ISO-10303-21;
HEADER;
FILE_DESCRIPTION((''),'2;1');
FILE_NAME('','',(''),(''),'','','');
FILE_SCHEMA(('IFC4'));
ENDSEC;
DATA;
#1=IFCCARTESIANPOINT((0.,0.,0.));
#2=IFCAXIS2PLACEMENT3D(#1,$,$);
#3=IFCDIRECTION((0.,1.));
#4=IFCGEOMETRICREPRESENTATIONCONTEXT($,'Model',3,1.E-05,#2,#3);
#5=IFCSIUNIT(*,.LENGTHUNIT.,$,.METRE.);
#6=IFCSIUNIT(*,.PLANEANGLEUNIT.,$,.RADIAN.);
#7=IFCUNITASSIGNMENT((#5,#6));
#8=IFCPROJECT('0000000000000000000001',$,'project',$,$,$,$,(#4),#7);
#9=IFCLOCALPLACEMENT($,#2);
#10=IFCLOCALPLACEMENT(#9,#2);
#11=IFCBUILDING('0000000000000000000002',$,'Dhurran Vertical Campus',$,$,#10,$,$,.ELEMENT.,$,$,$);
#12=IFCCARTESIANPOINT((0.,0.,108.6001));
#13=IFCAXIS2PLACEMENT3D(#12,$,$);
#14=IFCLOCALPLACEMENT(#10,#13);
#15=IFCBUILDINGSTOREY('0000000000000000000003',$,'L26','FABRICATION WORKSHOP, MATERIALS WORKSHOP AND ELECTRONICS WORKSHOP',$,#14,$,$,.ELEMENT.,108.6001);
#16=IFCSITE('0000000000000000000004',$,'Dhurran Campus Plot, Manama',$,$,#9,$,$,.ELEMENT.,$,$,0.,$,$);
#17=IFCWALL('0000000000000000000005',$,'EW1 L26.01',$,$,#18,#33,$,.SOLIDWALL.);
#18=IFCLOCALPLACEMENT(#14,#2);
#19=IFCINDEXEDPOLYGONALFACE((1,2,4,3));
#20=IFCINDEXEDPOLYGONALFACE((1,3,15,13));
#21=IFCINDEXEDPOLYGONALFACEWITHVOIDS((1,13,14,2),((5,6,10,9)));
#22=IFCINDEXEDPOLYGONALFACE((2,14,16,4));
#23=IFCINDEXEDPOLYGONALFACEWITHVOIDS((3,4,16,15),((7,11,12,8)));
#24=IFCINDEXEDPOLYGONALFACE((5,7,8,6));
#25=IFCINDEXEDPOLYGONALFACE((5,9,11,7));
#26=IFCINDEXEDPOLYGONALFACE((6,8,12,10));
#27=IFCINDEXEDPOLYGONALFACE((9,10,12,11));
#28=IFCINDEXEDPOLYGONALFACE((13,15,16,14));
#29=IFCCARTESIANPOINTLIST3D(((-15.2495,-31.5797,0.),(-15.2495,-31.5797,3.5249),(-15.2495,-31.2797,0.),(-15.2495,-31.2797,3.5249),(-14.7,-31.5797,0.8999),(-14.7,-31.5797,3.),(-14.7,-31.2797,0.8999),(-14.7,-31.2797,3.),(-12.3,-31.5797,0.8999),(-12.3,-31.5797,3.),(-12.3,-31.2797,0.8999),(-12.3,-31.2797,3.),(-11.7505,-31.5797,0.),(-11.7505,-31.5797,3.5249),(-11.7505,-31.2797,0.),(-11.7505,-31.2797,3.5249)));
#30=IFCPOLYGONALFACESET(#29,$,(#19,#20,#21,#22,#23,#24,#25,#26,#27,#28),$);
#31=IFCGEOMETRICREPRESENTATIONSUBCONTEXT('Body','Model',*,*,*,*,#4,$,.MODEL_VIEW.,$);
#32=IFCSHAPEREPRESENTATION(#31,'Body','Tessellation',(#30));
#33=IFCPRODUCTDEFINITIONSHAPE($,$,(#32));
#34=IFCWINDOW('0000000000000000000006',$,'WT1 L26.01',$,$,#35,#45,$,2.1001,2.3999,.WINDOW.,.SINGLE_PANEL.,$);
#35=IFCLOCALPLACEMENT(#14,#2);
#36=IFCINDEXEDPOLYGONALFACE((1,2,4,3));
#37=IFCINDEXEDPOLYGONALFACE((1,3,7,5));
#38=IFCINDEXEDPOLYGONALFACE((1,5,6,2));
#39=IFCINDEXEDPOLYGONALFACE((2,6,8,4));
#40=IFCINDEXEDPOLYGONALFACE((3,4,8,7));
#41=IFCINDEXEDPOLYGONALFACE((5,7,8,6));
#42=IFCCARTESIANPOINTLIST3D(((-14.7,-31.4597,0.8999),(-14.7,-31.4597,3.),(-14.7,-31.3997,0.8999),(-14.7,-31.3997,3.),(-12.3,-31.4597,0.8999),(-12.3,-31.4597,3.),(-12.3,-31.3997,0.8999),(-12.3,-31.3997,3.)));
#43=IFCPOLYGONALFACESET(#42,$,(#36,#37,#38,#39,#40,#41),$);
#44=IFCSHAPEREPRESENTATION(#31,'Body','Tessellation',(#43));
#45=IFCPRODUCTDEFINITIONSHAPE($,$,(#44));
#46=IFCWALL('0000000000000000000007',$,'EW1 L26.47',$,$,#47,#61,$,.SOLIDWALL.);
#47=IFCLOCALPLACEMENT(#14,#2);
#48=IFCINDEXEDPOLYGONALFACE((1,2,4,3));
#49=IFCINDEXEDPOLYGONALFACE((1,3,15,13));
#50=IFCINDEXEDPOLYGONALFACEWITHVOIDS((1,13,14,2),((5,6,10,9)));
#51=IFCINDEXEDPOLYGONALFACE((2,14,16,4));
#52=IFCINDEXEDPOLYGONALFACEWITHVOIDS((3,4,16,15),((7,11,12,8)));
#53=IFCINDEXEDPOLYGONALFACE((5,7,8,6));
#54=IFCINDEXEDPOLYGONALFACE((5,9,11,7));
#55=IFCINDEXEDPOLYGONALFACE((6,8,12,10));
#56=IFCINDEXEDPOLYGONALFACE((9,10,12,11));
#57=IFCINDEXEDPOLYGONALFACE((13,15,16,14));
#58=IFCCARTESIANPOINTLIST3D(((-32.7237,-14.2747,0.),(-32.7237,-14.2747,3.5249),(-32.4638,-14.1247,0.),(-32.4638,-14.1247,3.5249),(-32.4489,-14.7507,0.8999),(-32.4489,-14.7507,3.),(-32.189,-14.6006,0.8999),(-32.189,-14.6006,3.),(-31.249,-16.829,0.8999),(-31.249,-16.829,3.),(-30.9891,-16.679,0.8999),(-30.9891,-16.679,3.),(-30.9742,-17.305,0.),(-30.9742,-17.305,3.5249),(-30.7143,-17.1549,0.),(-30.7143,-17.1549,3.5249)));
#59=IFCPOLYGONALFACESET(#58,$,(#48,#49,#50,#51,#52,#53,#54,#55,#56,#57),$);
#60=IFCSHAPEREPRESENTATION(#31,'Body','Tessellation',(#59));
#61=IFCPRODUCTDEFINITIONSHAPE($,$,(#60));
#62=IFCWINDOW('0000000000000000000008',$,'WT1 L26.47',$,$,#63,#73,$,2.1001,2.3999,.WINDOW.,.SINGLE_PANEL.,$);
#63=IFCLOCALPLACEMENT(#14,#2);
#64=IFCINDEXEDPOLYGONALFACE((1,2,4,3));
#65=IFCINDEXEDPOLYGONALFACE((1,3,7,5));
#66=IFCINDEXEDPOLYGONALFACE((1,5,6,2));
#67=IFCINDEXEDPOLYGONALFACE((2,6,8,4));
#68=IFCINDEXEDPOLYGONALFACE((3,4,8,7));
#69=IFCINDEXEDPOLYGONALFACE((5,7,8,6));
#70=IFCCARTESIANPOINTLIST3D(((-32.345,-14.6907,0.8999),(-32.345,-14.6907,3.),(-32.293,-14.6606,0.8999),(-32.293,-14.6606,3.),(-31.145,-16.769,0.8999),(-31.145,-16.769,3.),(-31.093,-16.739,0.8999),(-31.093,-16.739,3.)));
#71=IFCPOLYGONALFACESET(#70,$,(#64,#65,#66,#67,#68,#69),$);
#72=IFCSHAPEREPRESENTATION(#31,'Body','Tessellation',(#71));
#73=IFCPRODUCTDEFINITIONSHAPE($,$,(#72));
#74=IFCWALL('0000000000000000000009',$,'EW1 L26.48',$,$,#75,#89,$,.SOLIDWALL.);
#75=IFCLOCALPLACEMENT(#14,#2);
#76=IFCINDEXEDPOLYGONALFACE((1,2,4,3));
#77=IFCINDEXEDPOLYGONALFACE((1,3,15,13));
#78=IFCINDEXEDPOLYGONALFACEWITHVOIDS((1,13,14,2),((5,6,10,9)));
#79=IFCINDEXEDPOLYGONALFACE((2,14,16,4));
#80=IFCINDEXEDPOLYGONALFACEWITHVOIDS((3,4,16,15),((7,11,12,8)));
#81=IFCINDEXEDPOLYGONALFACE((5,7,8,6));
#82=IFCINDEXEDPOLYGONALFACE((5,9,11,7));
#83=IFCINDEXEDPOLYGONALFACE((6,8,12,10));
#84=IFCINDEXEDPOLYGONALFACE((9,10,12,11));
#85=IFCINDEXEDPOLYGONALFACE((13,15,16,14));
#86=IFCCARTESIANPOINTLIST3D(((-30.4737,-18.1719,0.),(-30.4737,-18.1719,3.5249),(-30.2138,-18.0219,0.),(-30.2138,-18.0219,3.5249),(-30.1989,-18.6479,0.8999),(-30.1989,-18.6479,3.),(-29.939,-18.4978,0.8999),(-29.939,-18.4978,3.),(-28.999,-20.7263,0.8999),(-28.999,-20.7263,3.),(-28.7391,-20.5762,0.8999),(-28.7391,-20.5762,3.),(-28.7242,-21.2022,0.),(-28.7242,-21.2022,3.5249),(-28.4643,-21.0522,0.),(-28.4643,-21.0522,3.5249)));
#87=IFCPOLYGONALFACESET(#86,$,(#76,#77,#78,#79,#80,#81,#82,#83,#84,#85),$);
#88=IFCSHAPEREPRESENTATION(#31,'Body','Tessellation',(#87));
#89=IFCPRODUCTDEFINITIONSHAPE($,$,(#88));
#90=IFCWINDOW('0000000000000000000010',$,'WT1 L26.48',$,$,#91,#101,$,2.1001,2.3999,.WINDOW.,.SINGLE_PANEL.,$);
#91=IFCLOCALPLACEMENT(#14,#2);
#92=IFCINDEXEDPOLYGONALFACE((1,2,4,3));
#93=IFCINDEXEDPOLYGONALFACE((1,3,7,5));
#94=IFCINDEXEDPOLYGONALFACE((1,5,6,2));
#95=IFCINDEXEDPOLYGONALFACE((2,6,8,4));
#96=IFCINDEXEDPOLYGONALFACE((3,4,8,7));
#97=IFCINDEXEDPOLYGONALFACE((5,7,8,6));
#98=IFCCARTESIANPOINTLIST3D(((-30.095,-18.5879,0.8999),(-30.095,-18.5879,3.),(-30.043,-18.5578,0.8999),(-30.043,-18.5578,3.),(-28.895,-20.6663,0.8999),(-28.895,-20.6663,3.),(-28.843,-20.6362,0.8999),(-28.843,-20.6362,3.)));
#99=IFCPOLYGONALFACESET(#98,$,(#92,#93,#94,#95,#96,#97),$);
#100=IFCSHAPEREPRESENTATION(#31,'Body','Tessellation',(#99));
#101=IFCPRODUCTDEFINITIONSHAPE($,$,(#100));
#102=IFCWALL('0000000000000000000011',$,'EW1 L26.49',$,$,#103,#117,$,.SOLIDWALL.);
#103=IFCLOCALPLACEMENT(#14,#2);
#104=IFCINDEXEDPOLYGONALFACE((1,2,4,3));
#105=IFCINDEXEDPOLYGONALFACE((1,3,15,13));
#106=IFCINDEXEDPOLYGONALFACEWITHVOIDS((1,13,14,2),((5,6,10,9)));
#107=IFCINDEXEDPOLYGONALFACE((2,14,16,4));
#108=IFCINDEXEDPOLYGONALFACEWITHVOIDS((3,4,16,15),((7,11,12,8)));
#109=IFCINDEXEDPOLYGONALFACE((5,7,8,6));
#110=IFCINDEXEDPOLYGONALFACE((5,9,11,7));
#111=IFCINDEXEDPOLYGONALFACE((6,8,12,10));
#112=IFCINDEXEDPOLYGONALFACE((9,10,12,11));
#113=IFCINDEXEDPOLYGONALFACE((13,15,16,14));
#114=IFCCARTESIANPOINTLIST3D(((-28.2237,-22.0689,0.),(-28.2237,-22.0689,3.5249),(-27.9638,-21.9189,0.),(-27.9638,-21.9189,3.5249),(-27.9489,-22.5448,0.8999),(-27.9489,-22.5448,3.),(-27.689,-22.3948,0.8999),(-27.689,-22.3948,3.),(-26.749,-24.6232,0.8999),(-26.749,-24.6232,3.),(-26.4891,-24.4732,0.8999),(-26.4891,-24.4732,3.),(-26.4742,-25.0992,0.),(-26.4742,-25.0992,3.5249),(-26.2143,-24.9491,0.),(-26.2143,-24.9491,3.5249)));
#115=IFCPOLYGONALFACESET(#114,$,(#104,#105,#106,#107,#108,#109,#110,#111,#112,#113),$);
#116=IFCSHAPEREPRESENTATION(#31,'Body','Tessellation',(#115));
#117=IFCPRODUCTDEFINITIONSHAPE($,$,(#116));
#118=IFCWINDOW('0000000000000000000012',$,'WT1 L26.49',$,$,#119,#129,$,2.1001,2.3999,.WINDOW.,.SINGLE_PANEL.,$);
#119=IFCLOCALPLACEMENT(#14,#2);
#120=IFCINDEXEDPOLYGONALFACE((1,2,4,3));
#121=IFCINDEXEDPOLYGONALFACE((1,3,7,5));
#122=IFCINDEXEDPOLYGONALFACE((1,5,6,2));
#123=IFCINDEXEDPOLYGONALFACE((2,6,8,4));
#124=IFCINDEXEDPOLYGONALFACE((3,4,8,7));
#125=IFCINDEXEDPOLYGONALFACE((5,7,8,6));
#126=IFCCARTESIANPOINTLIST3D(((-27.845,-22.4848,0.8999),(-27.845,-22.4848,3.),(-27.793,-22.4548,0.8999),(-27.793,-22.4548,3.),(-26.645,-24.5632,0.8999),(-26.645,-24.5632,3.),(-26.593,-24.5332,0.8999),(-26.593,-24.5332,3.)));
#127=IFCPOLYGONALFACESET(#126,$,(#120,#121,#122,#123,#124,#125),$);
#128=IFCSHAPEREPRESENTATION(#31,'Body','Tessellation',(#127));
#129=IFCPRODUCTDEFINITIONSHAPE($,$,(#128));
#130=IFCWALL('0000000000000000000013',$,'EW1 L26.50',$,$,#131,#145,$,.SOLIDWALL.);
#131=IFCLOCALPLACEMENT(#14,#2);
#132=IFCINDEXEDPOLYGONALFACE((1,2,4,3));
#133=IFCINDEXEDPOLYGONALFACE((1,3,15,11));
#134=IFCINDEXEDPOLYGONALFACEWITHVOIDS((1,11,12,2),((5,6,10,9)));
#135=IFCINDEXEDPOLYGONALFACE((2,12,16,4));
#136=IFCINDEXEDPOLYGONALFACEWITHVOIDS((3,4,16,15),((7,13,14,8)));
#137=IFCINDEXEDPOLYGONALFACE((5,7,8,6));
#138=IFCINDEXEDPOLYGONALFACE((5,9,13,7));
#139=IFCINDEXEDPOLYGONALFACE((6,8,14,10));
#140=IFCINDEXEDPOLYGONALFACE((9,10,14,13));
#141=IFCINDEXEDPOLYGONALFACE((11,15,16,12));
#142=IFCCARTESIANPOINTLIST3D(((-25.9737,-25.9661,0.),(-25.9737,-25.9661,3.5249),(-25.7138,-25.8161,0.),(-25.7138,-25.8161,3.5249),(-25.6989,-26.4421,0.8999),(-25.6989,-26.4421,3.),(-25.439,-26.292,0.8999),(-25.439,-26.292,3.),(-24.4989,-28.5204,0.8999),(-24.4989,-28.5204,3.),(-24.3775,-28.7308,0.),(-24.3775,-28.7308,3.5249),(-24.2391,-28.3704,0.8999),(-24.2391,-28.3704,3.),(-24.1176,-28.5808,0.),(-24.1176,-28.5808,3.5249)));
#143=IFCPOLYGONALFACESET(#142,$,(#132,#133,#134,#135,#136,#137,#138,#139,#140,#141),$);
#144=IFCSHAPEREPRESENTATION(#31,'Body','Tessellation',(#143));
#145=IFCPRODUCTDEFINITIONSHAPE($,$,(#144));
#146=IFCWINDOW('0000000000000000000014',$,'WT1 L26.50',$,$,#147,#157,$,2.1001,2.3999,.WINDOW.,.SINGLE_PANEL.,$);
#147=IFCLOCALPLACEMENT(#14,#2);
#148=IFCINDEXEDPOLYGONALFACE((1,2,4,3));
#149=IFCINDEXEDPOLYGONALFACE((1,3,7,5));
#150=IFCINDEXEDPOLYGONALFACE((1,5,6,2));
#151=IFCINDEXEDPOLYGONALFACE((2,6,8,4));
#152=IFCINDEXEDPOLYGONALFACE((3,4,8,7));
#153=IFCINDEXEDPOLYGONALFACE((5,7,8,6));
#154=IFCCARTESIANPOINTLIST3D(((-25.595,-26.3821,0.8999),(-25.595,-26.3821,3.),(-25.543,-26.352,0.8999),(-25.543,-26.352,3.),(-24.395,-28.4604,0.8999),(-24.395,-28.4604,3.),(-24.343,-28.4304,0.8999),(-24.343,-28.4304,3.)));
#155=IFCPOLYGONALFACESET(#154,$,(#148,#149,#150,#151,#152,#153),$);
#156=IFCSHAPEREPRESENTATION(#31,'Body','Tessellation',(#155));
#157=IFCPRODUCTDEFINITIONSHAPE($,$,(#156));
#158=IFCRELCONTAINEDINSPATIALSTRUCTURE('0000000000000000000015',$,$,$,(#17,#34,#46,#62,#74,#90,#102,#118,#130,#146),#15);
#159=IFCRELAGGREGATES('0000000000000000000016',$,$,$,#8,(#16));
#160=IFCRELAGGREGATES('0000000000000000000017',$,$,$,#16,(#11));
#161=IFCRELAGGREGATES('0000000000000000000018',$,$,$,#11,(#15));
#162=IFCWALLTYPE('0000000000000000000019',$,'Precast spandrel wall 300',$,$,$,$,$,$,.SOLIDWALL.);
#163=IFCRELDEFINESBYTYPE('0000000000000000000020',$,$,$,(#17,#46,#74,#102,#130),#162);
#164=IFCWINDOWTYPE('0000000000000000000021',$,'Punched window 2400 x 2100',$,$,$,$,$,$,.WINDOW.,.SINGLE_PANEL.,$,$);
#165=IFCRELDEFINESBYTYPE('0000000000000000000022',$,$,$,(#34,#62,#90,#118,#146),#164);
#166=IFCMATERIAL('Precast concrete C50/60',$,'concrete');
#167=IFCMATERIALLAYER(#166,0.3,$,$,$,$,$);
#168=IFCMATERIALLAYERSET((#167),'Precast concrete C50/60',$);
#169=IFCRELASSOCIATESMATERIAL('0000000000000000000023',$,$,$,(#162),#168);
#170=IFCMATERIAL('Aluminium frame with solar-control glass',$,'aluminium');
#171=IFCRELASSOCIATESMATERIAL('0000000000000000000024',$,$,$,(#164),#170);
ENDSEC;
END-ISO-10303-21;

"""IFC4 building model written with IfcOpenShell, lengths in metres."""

from ifc_helpers import new_model, si_unit, direction, frame, frame_2d, origin, place, context, subcontext, project, spatial, rectangle, extrude, material, layer, layer_set, type_object, element, fill, save


model = new_model("IFC4")

# Units and contexts
model_context = context("Model", 3, precision=1e-05, world=origin(), true_north=direction((0.0, 1.0)))
body_context = subcontext(model_context, "Body", "Model", "MODEL_VIEW")
ifc_project = project(units=[si_unit("LENGTHUNIT", "METRE"), si_unit("PLANEANGLEUNIT", "RADIAN")], contexts=[model_context])

# Site, building, storey
site_placement = place(None, origin())
site = spatial("IfcSite", under=ifc_project, at=site_placement, Name="Dhurran Campus Plot, Manama", CompositionType="ELEMENT", RefElevation=0.0)
building_placement = place(site_placement, origin())
building = spatial("IfcBuilding", under=site, at=building_placement, Name="Dhurran Vertical Campus", CompositionType="ELEMENT")
storey_placement = place(building_placement, frame((0.0, 0.0, 108.6001)))
storey = spatial("IfcBuildingStorey", under=building, at=storey_placement, Name="L26", Description="FABRICATION WORKSHOP, MATERIALS WORKSHOP AND ELECTRONICS WORKSHOP", CompositionType="ELEMENT", Elevation=108.6001)

# Walls, openings, windows
ifc_material_1 = material(Name="Precast concrete C50/60", Category="concrete")
ifc_layer_1 = layer(ifc_material_1, 0.3)
ifc_layer_set_1 = layer_set([ifc_layer_1], Name="Precast concrete C50/60")
wall_type_1 = type_object("IfcWallType", Name="Precast spandrel wall 300", PredefinedType="SOLIDWALL", material=ifc_layer_set_1)
ifc_material_2 = material(Name="Aluminium frame with solar-control glass", Category="aluminium")
window_type = type_object("IfcWindowType", Name="Punched window 2400 x 2100", PartitioningType="SINGLE_PANEL", PredefinedType="WINDOW", material=ifc_material_2)
wall_1_placement = place(storey_placement, frame((-15.2495, -31.4297, 0.0), z_axis=(0.0, 0.0, 1.0), x_axis=(1.0, 0.0, 0.0)))
wall_1 = element("IfcWall", 1, at=wall_1_placement, inside=storey, type_object=wall_type_1, Name="EW1 L26.01", PredefinedType="SOLIDWALL", context=body_context, shape_type="SweptSolid", body=[
    extrude(rectangle(XDim=3.499, YDim=0.3, at=frame_2d((1.7495, 0.0))), origin(), (0.0, 0.0, 1.0), 3.5249),
])
opening_1_placement = place(wall_1_placement, frame((0.5496, 0.0, 0.8999)))
opening_1 = element("IfcOpeningElement", 2, at=opening_1_placement, cuts=wall_1, PredefinedType="OPENING", context=body_context, shape_type="SweptSolid", body=[
    extrude(rectangle(XDim=2.3999, YDim=2.1001, at=frame_2d((1.2, 1.05))), frame((0.0, 0.1599, 0.0), z_axis=(0.0, -1.0, 0.0), x_axis=(1.0, 0.0, 0.0)), (0.0, 0.0, 1.0), 0.3201),
])
window_1_placement = place(opening_1_placement, origin())
window_1 = element("IfcWindow", 3, at=window_1_placement, inside=storey, type_object=window_type, Name="WT1 L26.01", OverallHeight=2.1001, OverallWidth=2.3999, PartitioningType="SINGLE_PANEL", PredefinedType="WINDOW", context=body_context, shape_type="SweptSolid", body=[
    extrude(rectangle(XDim=2.3999, YDim=2.1001, at=frame_2d((1.2, 1.05))), frame((0.0, 0.03, 0.0), z_axis=(0.0, -1.0, 0.0), x_axis=(1.0, 0.0, 0.0)), (0.0, 0.0, 1.0), 0.0601),
])
fill(opening_1, window_1)
wall_2_placement = place(storey_placement, frame((-32.5938, -14.1997, 0.0), z_axis=(0.0, 0.0, 1.0), x_axis=(0.499996, -0.866028, 0.0)))
wall_2 = element("IfcWall", 4, at=wall_2_placement, inside=storey, type_object=wall_type_1, Name="EW1 L26.47", PredefinedType="SOLIDWALL", context=body_context, shape_type="SweptSolid", body=[
    extrude(rectangle(XDim=3.499, YDim=0.3, at=frame_2d((1.7495, 0.0))), origin(), (0.0, 0.0, 1.0), 3.5249),
])
opening_2_placement = place(wall_2_placement, frame((0.5496, 0.0, 0.8999)))
opening_2 = element("IfcOpeningElement", 5, at=opening_2_placement, cuts=wall_2, PredefinedType="OPENING", context=body_context, shape_type="SweptSolid", body=[
    extrude(rectangle(XDim=2.3999, YDim=2.1001, at=frame_2d((1.2, 1.05))), frame((0.0, 0.1599, 0.0), z_axis=(0.0, -1.0, 0.0), x_axis=(1.0, 0.0, 0.0)), (0.0, 0.0, 1.0), 0.3201),
])
window_2_placement = place(opening_2_placement, origin())
window_2 = element("IfcWindow", 6, at=window_2_placement, inside=storey, type_object=window_type, Name="WT1 L26.47", OverallHeight=2.1001, OverallWidth=2.3999, PartitioningType="SINGLE_PANEL", PredefinedType="WINDOW", context=body_context, shape_type="SweptSolid", body=[
    extrude(rectangle(XDim=2.3999, YDim=2.1001, at=frame_2d((1.2, 1.05))), frame((0.0, 0.03, 0.0), z_axis=(0.0, -1.0, 0.0), x_axis=(1.0, 0.0, 0.0)), (0.0, 0.0, 1.0), 0.0601),
])
fill(opening_2, window_2)
wall_3_placement = place(storey_placement, frame((-30.3438, -18.0969, 0.0), z_axis=(0.0, 0.0, 1.0), x_axis=(0.499996, -0.866028, 0.0)))
wall_3 = element("IfcWall", 7, at=wall_3_placement, inside=storey, type_object=wall_type_1, Name="EW1 L26.48", PredefinedType="SOLIDWALL", context=body_context, shape_type="SweptSolid", body=[
    extrude(rectangle(XDim=3.499, YDim=0.3, at=frame_2d((1.7495, 0.0))), origin(), (0.0, 0.0, 1.0), 3.5249),
])
opening_3_placement = place(wall_3_placement, frame((0.5496, 0.0, 0.8999)))
opening_3 = element("IfcOpeningElement", 8, at=opening_3_placement, cuts=wall_3, PredefinedType="OPENING", context=body_context, shape_type="SweptSolid", body=[
    extrude(rectangle(XDim=2.3999, YDim=2.1001, at=frame_2d((1.2, 1.05))), frame((0.0, 0.1599, 0.0), z_axis=(0.0, -1.0, 0.0), x_axis=(1.0, 0.0, 0.0)), (0.0, 0.0, 1.0), 0.3201),
])
window_3_placement = place(opening_3_placement, origin())
window_3 = element("IfcWindow", 9, at=window_3_placement, inside=storey, type_object=window_type, Name="WT1 L26.48", OverallHeight=2.1001, OverallWidth=2.3999, PartitioningType="SINGLE_PANEL", PredefinedType="WINDOW", context=body_context, shape_type="SweptSolid", body=[
    extrude(rectangle(XDim=2.3999, YDim=2.1001, at=frame_2d((1.2, 1.05))), frame((0.0, 0.03, 0.0), z_axis=(0.0, -1.0, 0.0), x_axis=(1.0, 0.0, 0.0)), (0.0, 0.0, 1.0), 0.0601),
])
fill(opening_3, window_3)
wall_4_placement = place(storey_placement, frame((-28.0938, -21.9939, 0.0), z_axis=(0.0, 0.0, 1.0), x_axis=(0.499996, -0.866028, 0.0)))
wall_4 = element("IfcWall", 10, at=wall_4_placement, inside=storey, type_object=wall_type_1, Name="EW1 L26.49", PredefinedType="SOLIDWALL", context=body_context, shape_type="SweptSolid", body=[
    extrude(rectangle(XDim=3.499, YDim=0.3, at=frame_2d((1.7495, 0.0))), origin(), (0.0, 0.0, 1.0), 3.5249),
])
opening_4_placement = place(wall_4_placement, frame((0.5496, 0.0, 0.8999)))
opening_4 = element("IfcOpeningElement", 11, at=opening_4_placement, cuts=wall_4, PredefinedType="OPENING", context=body_context, shape_type="SweptSolid", body=[
    extrude(rectangle(XDim=2.3999, YDim=2.1001, at=frame_2d((1.2, 1.05))), frame((0.0, 0.1599, 0.0), z_axis=(0.0, -1.0, 0.0), x_axis=(1.0, 0.0, 0.0)), (0.0, 0.0, 1.0), 0.3201),
])
window_4_placement = place(opening_4_placement, origin())
window_4 = element("IfcWindow", 12, at=window_4_placement, inside=storey, type_object=window_type, Name="WT1 L26.49", OverallHeight=2.1001, OverallWidth=2.3999, PartitioningType="SINGLE_PANEL", PredefinedType="WINDOW", context=body_context, shape_type="SweptSolid", body=[
    extrude(rectangle(XDim=2.3999, YDim=2.1001, at=frame_2d((1.2, 1.05))), frame((0.0, 0.03, 0.0), z_axis=(0.0, -1.0, 0.0), x_axis=(1.0, 0.0, 0.0)), (0.0, 0.0, 1.0), 0.0601),
])
fill(opening_4, window_4)
wall_5_placement = place(storey_placement, frame((-25.8438, -25.8911, 0.0), z_axis=(0.0, 0.0, 1.0), x_axis=(0.500005, -0.866023, 0.0)))
wall_5 = element("IfcWall", 13, at=wall_5_placement, inside=storey, type_object=wall_type_1, Name="EW1 L26.50", PredefinedType="SOLIDWALL", context=body_context, shape_type="SweptSolid", body=[
    extrude(rectangle(XDim=3.1924, YDim=0.3, at=frame_2d((1.5962, 0.0))), origin(), (0.0, 0.0, 1.0), 3.5249),
])
opening_5_placement = place(wall_5_placement, frame((0.5496, 0.0, 0.8999)))
opening_5 = element("IfcOpeningElement", 14, at=opening_5_placement, cuts=wall_5, PredefinedType="OPENING", context=body_context, shape_type="SweptSolid", body=[
    extrude(rectangle(XDim=2.3999, YDim=2.1001, at=frame_2d((1.2, 1.05))), frame((0.0, 0.1599, 0.0), z_axis=(0.0, -1.0, 0.0), x_axis=(1.0, 0.0, 0.0)), (0.0, 0.0, 1.0), 0.3201),
])
window_5_placement = place(opening_5_placement, origin())
window_5 = element("IfcWindow", 15, at=window_5_placement, inside=storey, type_object=window_type, Name="WT1 L26.50", OverallHeight=2.1001, OverallWidth=2.3999, PartitioningType="SINGLE_PANEL", PredefinedType="WINDOW", context=body_context, shape_type="SweptSolid", body=[
    extrude(rectangle(XDim=2.3999, YDim=2.1001, at=frame_2d((1.2, 1.05))), frame((0.0, 0.03, 0.0), z_axis=(0.0, -1.0, 0.0), x_axis=(1.0, 0.0, 0.0)), (0.0, 0.0, 1.0), 0.0601),
])
fill(opening_5, window_5)

save(model, "model.ifc")
